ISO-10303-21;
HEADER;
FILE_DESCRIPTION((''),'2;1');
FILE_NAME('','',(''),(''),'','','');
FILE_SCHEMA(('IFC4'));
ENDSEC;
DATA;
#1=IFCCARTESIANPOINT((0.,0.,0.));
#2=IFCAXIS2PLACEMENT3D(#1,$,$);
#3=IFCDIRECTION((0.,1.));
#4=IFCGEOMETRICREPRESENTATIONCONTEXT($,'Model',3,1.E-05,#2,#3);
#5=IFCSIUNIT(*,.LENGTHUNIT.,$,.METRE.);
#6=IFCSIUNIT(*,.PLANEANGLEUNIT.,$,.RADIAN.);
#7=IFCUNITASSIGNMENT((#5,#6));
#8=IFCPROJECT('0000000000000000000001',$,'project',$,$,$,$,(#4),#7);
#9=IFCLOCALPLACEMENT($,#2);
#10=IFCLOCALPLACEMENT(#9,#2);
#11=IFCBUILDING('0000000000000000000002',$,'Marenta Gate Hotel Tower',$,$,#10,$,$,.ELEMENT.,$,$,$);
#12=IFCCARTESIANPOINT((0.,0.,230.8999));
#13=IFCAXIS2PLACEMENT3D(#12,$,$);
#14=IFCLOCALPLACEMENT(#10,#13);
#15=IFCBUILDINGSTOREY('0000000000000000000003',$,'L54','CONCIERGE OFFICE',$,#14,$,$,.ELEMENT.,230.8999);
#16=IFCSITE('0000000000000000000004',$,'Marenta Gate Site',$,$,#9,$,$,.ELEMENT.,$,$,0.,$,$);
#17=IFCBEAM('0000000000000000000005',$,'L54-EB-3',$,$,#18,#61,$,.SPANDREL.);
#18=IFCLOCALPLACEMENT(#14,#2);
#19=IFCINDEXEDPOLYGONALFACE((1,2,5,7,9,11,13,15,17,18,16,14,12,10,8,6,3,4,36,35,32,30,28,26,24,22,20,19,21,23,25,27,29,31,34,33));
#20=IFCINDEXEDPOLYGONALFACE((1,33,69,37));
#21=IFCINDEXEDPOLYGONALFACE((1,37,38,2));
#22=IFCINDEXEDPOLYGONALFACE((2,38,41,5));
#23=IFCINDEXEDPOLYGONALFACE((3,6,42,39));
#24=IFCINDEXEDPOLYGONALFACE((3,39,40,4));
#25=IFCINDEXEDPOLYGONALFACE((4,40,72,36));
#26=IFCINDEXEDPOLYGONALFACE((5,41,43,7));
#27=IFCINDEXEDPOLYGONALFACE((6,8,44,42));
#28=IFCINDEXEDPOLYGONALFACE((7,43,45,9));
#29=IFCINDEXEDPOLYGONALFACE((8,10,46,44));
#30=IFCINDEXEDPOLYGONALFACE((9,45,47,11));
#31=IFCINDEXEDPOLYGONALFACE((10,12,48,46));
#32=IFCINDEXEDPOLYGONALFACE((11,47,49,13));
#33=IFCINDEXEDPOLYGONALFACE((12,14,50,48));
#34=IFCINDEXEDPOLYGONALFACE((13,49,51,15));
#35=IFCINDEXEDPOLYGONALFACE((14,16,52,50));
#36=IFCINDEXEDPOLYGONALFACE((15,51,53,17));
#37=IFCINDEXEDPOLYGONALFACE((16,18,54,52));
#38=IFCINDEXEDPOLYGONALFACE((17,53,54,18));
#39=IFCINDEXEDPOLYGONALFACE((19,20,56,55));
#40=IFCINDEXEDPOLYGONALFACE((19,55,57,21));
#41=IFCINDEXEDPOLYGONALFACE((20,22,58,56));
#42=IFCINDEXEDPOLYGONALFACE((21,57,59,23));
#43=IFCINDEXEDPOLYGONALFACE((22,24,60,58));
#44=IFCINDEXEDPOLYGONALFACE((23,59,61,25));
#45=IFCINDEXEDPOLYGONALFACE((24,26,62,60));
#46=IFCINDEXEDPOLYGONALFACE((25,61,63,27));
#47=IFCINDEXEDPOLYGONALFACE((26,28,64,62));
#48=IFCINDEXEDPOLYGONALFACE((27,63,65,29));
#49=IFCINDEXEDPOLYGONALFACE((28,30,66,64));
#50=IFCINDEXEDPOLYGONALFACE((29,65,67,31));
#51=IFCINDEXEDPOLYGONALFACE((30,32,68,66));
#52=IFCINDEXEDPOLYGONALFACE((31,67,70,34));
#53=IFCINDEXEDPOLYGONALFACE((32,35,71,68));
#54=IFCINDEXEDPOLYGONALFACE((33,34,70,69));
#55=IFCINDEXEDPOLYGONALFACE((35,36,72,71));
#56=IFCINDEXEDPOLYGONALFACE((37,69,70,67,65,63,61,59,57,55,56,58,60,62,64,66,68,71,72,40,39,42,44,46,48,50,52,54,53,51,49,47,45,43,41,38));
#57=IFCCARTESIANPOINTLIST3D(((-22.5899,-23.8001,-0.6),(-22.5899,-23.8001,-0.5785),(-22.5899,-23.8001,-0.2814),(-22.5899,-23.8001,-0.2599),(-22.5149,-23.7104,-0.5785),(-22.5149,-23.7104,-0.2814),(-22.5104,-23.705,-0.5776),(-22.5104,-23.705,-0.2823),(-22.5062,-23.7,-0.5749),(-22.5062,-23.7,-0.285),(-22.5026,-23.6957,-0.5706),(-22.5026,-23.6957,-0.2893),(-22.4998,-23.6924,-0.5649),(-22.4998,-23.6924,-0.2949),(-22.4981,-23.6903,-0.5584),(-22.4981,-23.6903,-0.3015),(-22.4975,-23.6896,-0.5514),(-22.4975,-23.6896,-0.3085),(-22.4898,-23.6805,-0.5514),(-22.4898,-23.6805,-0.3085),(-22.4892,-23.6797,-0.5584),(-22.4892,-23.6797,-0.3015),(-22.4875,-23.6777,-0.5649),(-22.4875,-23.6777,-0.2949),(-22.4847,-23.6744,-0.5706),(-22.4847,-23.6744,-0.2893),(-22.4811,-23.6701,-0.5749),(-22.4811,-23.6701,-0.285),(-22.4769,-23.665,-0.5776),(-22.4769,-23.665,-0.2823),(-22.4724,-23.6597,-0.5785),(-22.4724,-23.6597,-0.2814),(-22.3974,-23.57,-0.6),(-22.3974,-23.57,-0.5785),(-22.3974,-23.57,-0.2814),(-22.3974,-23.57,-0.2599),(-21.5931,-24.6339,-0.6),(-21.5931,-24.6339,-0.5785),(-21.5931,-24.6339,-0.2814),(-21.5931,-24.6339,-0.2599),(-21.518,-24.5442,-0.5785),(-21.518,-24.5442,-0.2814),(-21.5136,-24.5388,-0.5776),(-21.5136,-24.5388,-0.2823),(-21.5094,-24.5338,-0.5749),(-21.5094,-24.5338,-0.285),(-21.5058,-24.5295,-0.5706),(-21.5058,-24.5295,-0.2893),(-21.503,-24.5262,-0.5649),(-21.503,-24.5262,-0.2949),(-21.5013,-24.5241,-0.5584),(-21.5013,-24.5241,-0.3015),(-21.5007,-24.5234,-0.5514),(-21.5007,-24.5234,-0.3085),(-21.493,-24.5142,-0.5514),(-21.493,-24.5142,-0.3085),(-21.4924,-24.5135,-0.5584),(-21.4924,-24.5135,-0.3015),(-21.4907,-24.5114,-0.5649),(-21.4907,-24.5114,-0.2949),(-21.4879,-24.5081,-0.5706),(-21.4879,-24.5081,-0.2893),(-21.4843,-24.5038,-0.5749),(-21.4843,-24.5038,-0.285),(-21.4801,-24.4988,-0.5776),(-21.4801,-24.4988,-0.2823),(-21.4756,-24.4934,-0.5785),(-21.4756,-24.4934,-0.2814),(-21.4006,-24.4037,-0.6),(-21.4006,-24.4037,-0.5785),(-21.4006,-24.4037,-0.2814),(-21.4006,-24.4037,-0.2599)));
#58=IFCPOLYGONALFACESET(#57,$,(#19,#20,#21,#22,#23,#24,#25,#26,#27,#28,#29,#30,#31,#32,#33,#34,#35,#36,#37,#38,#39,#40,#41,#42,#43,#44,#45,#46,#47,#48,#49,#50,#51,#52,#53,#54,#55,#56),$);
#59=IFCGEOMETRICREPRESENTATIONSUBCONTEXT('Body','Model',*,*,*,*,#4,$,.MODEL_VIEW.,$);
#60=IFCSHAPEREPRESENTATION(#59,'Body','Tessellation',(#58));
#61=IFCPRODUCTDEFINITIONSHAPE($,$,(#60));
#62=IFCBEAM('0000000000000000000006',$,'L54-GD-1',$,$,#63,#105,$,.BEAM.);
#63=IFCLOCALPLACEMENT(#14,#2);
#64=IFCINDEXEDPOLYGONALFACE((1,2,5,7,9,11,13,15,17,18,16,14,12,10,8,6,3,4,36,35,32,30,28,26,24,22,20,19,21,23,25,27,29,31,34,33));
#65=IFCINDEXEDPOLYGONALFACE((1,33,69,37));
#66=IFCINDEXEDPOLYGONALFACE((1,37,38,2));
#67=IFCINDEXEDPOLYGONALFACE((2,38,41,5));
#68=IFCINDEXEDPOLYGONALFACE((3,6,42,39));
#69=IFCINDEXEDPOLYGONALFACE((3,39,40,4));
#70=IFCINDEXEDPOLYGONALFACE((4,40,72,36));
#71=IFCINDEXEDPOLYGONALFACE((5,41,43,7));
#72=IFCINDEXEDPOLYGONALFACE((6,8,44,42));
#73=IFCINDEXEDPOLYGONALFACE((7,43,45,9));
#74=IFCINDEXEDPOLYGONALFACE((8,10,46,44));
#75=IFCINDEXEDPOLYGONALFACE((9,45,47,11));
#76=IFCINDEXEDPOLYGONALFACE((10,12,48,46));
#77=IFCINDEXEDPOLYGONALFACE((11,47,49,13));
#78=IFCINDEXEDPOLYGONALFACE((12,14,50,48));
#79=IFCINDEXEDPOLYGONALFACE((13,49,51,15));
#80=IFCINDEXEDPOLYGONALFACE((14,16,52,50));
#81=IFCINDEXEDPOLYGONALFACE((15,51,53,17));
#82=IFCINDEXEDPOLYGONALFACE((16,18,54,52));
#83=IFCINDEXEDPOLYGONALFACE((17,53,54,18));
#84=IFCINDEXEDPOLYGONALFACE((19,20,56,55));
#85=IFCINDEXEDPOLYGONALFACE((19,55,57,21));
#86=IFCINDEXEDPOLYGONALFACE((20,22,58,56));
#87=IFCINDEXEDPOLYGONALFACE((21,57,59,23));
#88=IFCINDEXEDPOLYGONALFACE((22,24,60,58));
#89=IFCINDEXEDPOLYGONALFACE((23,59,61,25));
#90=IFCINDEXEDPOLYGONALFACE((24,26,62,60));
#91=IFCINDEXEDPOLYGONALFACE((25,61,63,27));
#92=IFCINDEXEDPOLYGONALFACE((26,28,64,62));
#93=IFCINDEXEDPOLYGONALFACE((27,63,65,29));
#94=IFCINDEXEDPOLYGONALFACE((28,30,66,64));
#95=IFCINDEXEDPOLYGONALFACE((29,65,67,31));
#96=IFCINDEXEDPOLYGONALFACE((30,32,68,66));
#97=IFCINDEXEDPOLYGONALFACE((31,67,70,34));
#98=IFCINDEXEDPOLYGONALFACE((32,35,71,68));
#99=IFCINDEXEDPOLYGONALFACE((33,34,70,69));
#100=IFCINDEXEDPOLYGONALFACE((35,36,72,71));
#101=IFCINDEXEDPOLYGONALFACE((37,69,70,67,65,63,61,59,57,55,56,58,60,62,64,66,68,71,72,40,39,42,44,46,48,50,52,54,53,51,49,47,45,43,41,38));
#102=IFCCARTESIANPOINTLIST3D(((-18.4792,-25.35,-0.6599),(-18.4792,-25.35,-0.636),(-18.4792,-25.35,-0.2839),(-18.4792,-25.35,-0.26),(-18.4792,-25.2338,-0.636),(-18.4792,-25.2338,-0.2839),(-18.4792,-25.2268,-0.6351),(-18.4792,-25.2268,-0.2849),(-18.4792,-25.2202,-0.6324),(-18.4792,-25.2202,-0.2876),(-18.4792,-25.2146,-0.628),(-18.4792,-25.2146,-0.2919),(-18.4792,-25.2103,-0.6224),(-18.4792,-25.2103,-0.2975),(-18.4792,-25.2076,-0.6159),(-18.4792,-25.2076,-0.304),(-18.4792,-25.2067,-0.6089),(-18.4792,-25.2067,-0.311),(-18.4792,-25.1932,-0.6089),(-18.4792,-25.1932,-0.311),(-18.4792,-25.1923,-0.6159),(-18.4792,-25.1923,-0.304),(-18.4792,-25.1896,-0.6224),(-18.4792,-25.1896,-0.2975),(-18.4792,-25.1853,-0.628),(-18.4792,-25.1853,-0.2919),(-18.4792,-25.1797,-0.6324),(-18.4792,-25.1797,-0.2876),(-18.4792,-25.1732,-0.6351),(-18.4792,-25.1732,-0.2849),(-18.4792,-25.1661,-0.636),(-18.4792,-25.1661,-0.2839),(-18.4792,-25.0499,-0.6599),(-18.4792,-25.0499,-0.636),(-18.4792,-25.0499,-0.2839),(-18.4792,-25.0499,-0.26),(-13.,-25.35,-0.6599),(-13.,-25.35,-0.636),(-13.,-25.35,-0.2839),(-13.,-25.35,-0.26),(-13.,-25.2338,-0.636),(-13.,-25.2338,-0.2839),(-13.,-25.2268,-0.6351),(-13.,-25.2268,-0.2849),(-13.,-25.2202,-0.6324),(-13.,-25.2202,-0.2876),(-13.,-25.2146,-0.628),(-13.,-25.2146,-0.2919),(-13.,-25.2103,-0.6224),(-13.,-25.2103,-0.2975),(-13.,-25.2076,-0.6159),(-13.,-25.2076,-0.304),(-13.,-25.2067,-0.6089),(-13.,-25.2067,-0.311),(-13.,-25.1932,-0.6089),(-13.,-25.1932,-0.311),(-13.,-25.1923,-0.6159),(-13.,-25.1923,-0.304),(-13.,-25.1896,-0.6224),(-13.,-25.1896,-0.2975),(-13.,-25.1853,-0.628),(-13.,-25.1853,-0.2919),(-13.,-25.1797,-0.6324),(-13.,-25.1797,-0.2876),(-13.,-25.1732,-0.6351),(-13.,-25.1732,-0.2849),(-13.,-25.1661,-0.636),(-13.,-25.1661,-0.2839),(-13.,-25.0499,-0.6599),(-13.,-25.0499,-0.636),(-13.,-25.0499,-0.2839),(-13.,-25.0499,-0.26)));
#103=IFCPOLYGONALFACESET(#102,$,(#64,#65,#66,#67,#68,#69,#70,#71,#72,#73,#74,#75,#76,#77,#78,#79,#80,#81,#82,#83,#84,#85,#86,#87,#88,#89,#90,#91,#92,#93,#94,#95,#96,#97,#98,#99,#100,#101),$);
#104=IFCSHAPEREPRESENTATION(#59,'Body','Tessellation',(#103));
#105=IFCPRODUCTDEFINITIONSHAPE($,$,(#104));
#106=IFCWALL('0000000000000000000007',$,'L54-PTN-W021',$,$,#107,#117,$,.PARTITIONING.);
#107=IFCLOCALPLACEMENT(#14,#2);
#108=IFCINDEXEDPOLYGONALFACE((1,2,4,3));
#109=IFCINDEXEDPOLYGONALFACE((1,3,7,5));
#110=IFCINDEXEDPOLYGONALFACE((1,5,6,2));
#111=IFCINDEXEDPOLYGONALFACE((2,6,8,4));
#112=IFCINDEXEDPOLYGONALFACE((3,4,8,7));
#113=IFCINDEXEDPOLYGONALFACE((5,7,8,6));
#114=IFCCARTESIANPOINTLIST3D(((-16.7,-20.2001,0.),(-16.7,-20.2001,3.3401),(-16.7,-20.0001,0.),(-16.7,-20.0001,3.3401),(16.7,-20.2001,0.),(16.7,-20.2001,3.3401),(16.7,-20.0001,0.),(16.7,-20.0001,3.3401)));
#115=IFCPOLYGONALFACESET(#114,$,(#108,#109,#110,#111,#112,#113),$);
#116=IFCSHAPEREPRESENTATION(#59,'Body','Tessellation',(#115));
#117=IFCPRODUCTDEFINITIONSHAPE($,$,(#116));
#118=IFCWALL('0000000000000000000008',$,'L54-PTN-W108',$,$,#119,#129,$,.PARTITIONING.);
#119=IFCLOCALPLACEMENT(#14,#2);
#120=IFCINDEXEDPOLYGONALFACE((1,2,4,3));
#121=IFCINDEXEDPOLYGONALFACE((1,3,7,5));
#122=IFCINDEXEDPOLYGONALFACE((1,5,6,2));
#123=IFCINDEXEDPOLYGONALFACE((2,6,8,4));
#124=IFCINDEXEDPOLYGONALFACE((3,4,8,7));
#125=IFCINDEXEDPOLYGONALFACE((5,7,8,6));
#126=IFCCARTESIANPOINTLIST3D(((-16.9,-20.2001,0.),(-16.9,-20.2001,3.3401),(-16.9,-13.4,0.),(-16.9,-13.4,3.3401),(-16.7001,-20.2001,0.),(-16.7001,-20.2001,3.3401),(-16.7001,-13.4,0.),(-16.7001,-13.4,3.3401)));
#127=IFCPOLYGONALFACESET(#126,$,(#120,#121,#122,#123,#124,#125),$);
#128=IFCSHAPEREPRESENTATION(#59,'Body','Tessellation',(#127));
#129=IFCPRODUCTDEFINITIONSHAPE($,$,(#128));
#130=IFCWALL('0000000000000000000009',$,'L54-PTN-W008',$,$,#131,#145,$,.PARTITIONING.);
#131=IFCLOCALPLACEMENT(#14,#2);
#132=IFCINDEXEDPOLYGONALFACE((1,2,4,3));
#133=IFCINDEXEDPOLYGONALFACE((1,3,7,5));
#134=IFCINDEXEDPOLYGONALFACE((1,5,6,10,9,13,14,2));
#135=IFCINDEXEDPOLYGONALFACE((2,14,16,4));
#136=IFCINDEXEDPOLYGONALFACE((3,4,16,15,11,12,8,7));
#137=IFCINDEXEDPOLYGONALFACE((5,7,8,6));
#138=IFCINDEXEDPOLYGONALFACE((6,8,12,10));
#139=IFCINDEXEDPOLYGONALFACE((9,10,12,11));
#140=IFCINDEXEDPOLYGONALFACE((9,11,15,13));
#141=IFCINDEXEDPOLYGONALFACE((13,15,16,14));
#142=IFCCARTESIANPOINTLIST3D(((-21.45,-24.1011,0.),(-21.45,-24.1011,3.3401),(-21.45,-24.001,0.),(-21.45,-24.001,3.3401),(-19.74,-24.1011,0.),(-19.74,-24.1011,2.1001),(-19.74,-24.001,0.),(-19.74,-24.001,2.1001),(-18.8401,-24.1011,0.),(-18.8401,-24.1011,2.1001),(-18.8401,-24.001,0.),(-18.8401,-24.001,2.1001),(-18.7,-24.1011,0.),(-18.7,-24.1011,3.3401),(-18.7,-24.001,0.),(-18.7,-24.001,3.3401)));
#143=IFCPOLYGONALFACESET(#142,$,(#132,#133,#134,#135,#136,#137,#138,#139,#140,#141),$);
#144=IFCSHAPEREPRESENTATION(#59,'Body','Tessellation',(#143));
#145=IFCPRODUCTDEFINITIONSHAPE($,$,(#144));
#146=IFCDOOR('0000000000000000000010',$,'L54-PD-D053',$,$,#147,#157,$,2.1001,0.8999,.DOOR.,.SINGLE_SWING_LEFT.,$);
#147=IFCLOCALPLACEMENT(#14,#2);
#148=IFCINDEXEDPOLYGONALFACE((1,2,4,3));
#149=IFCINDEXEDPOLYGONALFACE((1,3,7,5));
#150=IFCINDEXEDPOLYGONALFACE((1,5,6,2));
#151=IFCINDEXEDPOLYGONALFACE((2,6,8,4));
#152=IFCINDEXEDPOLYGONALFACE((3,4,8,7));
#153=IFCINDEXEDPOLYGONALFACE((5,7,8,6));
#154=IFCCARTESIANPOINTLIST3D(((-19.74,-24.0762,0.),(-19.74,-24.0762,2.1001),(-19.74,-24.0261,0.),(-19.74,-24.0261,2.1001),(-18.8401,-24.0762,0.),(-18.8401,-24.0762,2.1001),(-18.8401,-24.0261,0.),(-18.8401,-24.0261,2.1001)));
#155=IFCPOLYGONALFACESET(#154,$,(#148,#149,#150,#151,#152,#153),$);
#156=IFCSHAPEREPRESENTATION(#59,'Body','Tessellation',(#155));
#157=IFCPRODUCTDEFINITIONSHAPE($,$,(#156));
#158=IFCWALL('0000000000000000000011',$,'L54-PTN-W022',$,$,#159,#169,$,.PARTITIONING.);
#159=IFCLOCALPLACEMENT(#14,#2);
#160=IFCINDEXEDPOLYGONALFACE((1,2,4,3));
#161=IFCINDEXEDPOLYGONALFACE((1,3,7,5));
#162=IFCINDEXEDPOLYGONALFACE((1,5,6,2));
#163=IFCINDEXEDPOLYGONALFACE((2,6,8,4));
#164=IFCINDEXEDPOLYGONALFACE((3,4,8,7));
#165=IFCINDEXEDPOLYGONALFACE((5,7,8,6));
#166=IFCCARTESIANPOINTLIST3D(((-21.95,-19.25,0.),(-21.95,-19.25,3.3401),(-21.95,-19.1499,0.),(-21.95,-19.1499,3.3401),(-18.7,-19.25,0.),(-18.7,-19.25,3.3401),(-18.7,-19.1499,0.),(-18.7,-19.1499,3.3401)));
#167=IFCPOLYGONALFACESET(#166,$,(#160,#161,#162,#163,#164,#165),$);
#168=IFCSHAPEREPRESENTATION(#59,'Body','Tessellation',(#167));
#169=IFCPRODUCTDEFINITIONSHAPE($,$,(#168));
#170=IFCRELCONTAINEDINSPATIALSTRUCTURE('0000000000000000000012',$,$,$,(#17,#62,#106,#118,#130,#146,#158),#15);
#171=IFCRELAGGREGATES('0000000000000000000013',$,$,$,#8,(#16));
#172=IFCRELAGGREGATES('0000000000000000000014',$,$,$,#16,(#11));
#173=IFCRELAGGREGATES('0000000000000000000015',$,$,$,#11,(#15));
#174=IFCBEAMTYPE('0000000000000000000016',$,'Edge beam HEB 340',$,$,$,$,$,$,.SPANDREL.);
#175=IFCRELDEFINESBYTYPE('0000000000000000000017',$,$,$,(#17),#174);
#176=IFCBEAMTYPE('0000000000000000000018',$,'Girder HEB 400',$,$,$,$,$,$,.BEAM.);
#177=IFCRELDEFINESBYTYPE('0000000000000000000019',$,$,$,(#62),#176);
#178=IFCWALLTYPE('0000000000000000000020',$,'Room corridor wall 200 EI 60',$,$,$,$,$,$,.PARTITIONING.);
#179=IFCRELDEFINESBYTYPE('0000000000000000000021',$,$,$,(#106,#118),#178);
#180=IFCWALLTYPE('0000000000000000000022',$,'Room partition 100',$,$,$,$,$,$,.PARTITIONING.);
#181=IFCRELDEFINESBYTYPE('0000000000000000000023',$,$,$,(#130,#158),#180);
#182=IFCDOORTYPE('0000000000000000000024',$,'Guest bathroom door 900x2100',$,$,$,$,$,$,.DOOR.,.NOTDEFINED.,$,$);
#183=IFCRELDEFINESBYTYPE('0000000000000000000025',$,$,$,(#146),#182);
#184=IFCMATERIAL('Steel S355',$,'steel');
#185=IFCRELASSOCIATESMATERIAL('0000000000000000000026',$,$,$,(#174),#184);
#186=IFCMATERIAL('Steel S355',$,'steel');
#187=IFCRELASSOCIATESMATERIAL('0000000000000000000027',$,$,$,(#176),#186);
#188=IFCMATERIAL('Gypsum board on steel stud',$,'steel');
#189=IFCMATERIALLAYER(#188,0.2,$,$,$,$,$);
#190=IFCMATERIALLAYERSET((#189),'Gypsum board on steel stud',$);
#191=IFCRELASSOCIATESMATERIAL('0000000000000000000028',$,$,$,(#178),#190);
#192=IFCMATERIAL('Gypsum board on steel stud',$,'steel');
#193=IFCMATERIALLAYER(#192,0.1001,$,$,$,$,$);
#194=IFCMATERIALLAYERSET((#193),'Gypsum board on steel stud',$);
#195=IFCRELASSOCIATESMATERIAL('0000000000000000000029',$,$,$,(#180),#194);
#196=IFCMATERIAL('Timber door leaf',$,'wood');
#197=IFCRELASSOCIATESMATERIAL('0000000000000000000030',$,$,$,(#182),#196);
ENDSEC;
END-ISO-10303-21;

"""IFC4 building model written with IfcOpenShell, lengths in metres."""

from ifc_helpers import new_model, si_unit, direction, frame, frame_2d, origin, origin_2d, place, context, subcontext, project, spatial, rectangle, i_section, extrude, material, layer, layer_set, material_profile, profile_set, type_object, element, fill, save


model = new_model("IFC4")

# Units and contexts
model_context = context("Model", 3, precision=1e-05, world=origin(), true_north=direction((0.0, 1.0)))
body_context = subcontext(model_context, "Body", "Model", "MODEL_VIEW")
ifc_project = project(units=[si_unit("LENGTHUNIT", "METRE"), si_unit("PLANEANGLEUNIT", "RADIAN")], contexts=[model_context])

# Site, building, storey
site_placement = place(None, origin())
site = spatial("IfcSite", under=ifc_project, at=site_placement, Name="Marenta Gate Site", CompositionType="ELEMENT", RefElevation=0.0)
building_placement = place(site_placement, origin())
building = spatial("IfcBuilding", under=site, at=building_placement, Name="Marenta Gate Hotel Tower", CompositionType="ELEMENT")
storey_placement = place(building_placement, frame((0.0, 0.0, 230.8999)))
storey = spatial("IfcBuildingStorey", under=building, at=storey_placement, Name="L54", Description="CONCIERGE OFFICE", CompositionType="ELEMENT", Elevation=230.8999)

# Beams
ifc_material_1 = material(Name="Steel S355", Category="steel")
ifc_material_profile_1 = material_profile(ifc_material_1, i_section(OverallWidth=0.3, OverallDepth=0.3401, WebThickness=0.012, FlangeThickness=0.0215, FilletRadius=0.0271, at=origin_2d()), Name="HEB 340")
ifc_profile_set_1 = profile_set([ifc_material_profile_1], Name="Steel S355")
beam_type_1 = type_object("IfcBeamType", Name="Edge beam HEB 340", PredefinedType="SPANDREL", material=ifc_profile_set_1)
beam_1_placement = place(storey_placement, frame((-21.4968, -24.5188, -0.4299), z_axis=(-0.767065, 0.641569, 0.0), x_axis=(-0.641569, -0.767065, 0.0)))
element("IfcBeam", 1, at=beam_1_placement, inside=storey, type_object=beam_type_1, Name="L54-EB-3", PredefinedType="SPANDREL", context=body_context, shape_type="SweptSolid", body=[
    extrude(i_section(OverallWidth=0.3, OverallDepth=0.3401, WebThickness=0.012, FlangeThickness=0.0215, FilletRadius=0.0271, at=origin_2d()), origin(), (0.0, 0.0, 1.0), 1.2996),
])
ifc_material_2 = material(Name="Steel S355", Category="steel")
ifc_material_profile_2 = material_profile(ifc_material_2, i_section(OverallWidth=0.3, OverallDepth=0.3999, WebThickness=0.0134, FlangeThickness=0.0239, FilletRadius=0.0271, at=origin_2d()), Name="HEB 400")
ifc_profile_set_2 = profile_set([ifc_material_profile_2], Name="Steel S355")
beam_type_2 = type_object("IfcBeamType", Name="Girder HEB 400", PredefinedType="BEAM", material=ifc_profile_set_2)
beam_2_placement = place(storey_placement, frame((-18.4792, -25.2, -0.46), z_axis=(1.0, 0.0, 0.0), x_axis=(0.0, 1.0, 0.0)))
element("IfcBeam", 2, at=beam_2_placement, inside=storey, type_object=beam_type_2, Name="L54-GD-1", PredefinedType="BEAM", context=body_context, shape_type="SweptSolid", body=[
    extrude(i_section(OverallWidth=0.3, OverallDepth=0.3999, WebThickness=0.0134, FlangeThickness=0.0239, FilletRadius=0.0271, at=origin_2d()), origin(), (0.0, 0.0, 1.0), 5.4792),
])

# Shared definitions
ifc_material_3 = material(Name="Gypsum board on steel stud", Category="steel")
ifc_layer_1 = layer(ifc_material_3, 0.2)
ifc_layer_set_1 = layer_set([ifc_layer_1], Name="Gypsum board on steel stud")
wall_type_1 = type_object("IfcWallType", Name="Room corridor wall 200 EI 60", PredefinedType="PARTITIONING", material=ifc_layer_set_1)

# Walls
wall_1_placement = place(storey_placement, frame((-16.7, -20.1001, 0.0), z_axis=(0.0, 0.0, 1.0), x_axis=(1.0, 0.0, 0.0)))
element("IfcWall", 3, at=wall_1_placement, inside=storey, type_object=wall_type_1, Name="L54-PTN-W021", PredefinedType="PARTITIONING", context=body_context, shape_type="SweptSolid", body=[
    extrude(rectangle(XDim=33.3999, YDim=0.2, at=frame_2d((16.7, 0.0))), origin(), (0.0, 0.0, 1.0), 3.3401),
])
wall_2_placement = place(storey_placement, frame((-16.8, -20.2, 0.0), z_axis=(0.0, 0.0, 1.0), x_axis=(0.0, 1.0, 0.0)))
element("IfcWall", 4, at=wall_2_placement, inside=storey, type_object=wall_type_1, Name="L54-PTN-W108", PredefinedType="PARTITIONING", context=body_context, shape_type="SweptSolid", body=[
    extrude(rectangle(XDim=6.8, YDim=0.2, at=frame_2d((3.3999, 0.0))), origin(), (0.0, 0.0, 1.0), 3.3401),
])

# Wall, opening, door
ifc_material_4 = material(Name="Gypsum board on steel stud", Category="steel")
ifc_layer_2 = layer(ifc_material_4, 0.1001)
ifc_layer_set_2 = layer_set([ifc_layer_2], Name="Gypsum board on steel stud")
wall_type_2 = type_object("IfcWallType", Name="Room partition 100", PredefinedType="PARTITIONING", material=ifc_layer_set_2)
wall_3_placement = place(storey_placement, frame((-21.45, -24.051, 0.0), z_axis=(0.0, 0.0, 1.0), x_axis=(1.0, 0.0, 0.0)))
wall_3 = element("IfcWall", 5, at=wall_3_placement, inside=storey, type_object=wall_type_2, Name="L54-PTN-W008", PredefinedType="PARTITIONING", context=body_context, shape_type="SweptSolid", body=[
    extrude(rectangle(XDim=2.75, YDim=0.1001, at=frame_2d((1.375, 0.0))), origin(), (0.0, 0.0, 1.0), 3.3401),
])
opening_1_placement = place(wall_3_placement, frame((1.71, 0.0, 0.0)))
opening_1 = element("IfcOpeningElement", 6, at=opening_1_placement, cuts=wall_3, PredefinedType="OPENING", context=body_context, shape_type="SweptSolid", body=[
    extrude(rectangle(XDim=0.8999, YDim=2.1001, at=frame_2d((0.45, 1.05))), frame((0.0, 0.05, 0.0), z_axis=(0.0, -1.0, 0.0), x_axis=(1.0, 0.0, 0.0)), (0.0, 0.0, 1.0), 0.1001),
])
ifc_material_5 = material(Name="Timber door leaf", Category="wood")
door_type_1 = type_object("IfcDoorType", Name="Guest bathroom door 900x2100", OperationType="NOTDEFINED", PredefinedType="DOOR", material=ifc_material_5)
door_1_placement = place(opening_1_placement, origin())
door_1 = element("IfcDoor", 7, at=door_1_placement, inside=storey, type_object=door_type_1, Name="L54-PD-D053", OperationType="SINGLE_SWING_LEFT", OverallHeight=2.1001, OverallWidth=0.8999, PredefinedType="DOOR", context=body_context, shape_type="SweptSolid", body=[
    extrude(rectangle(XDim=0.8999, YDim=2.1001, at=frame_2d((0.45, 1.05))), frame((0.0, 0.0249, 0.0), z_axis=(0.0, -1.0, 0.0), x_axis=(1.0, 0.0, 0.0)), (0.0, 0.0, 1.0), 0.05),
])
fill(opening_1, door_1)

# Wall
wall_4_placement = place(storey_placement, frame((-21.95, -19.2, 0.0), z_axis=(0.0, 0.0, 1.0), x_axis=(1.0, 0.0, 0.0)))
element("IfcWall", 8, at=wall_4_placement, inside=storey, type_object=wall_type_2, Name="L54-PTN-W022", PredefinedType="PARTITIONING", context=body_context, shape_type="SweptSolid", body=[
    extrude(rectangle(XDim=3.25, YDim=0.1001, at=frame_2d((1.625, 0.0))), origin(), (0.0, 0.0, 1.0), 3.3401),
])

save(model, "model.ifc")
